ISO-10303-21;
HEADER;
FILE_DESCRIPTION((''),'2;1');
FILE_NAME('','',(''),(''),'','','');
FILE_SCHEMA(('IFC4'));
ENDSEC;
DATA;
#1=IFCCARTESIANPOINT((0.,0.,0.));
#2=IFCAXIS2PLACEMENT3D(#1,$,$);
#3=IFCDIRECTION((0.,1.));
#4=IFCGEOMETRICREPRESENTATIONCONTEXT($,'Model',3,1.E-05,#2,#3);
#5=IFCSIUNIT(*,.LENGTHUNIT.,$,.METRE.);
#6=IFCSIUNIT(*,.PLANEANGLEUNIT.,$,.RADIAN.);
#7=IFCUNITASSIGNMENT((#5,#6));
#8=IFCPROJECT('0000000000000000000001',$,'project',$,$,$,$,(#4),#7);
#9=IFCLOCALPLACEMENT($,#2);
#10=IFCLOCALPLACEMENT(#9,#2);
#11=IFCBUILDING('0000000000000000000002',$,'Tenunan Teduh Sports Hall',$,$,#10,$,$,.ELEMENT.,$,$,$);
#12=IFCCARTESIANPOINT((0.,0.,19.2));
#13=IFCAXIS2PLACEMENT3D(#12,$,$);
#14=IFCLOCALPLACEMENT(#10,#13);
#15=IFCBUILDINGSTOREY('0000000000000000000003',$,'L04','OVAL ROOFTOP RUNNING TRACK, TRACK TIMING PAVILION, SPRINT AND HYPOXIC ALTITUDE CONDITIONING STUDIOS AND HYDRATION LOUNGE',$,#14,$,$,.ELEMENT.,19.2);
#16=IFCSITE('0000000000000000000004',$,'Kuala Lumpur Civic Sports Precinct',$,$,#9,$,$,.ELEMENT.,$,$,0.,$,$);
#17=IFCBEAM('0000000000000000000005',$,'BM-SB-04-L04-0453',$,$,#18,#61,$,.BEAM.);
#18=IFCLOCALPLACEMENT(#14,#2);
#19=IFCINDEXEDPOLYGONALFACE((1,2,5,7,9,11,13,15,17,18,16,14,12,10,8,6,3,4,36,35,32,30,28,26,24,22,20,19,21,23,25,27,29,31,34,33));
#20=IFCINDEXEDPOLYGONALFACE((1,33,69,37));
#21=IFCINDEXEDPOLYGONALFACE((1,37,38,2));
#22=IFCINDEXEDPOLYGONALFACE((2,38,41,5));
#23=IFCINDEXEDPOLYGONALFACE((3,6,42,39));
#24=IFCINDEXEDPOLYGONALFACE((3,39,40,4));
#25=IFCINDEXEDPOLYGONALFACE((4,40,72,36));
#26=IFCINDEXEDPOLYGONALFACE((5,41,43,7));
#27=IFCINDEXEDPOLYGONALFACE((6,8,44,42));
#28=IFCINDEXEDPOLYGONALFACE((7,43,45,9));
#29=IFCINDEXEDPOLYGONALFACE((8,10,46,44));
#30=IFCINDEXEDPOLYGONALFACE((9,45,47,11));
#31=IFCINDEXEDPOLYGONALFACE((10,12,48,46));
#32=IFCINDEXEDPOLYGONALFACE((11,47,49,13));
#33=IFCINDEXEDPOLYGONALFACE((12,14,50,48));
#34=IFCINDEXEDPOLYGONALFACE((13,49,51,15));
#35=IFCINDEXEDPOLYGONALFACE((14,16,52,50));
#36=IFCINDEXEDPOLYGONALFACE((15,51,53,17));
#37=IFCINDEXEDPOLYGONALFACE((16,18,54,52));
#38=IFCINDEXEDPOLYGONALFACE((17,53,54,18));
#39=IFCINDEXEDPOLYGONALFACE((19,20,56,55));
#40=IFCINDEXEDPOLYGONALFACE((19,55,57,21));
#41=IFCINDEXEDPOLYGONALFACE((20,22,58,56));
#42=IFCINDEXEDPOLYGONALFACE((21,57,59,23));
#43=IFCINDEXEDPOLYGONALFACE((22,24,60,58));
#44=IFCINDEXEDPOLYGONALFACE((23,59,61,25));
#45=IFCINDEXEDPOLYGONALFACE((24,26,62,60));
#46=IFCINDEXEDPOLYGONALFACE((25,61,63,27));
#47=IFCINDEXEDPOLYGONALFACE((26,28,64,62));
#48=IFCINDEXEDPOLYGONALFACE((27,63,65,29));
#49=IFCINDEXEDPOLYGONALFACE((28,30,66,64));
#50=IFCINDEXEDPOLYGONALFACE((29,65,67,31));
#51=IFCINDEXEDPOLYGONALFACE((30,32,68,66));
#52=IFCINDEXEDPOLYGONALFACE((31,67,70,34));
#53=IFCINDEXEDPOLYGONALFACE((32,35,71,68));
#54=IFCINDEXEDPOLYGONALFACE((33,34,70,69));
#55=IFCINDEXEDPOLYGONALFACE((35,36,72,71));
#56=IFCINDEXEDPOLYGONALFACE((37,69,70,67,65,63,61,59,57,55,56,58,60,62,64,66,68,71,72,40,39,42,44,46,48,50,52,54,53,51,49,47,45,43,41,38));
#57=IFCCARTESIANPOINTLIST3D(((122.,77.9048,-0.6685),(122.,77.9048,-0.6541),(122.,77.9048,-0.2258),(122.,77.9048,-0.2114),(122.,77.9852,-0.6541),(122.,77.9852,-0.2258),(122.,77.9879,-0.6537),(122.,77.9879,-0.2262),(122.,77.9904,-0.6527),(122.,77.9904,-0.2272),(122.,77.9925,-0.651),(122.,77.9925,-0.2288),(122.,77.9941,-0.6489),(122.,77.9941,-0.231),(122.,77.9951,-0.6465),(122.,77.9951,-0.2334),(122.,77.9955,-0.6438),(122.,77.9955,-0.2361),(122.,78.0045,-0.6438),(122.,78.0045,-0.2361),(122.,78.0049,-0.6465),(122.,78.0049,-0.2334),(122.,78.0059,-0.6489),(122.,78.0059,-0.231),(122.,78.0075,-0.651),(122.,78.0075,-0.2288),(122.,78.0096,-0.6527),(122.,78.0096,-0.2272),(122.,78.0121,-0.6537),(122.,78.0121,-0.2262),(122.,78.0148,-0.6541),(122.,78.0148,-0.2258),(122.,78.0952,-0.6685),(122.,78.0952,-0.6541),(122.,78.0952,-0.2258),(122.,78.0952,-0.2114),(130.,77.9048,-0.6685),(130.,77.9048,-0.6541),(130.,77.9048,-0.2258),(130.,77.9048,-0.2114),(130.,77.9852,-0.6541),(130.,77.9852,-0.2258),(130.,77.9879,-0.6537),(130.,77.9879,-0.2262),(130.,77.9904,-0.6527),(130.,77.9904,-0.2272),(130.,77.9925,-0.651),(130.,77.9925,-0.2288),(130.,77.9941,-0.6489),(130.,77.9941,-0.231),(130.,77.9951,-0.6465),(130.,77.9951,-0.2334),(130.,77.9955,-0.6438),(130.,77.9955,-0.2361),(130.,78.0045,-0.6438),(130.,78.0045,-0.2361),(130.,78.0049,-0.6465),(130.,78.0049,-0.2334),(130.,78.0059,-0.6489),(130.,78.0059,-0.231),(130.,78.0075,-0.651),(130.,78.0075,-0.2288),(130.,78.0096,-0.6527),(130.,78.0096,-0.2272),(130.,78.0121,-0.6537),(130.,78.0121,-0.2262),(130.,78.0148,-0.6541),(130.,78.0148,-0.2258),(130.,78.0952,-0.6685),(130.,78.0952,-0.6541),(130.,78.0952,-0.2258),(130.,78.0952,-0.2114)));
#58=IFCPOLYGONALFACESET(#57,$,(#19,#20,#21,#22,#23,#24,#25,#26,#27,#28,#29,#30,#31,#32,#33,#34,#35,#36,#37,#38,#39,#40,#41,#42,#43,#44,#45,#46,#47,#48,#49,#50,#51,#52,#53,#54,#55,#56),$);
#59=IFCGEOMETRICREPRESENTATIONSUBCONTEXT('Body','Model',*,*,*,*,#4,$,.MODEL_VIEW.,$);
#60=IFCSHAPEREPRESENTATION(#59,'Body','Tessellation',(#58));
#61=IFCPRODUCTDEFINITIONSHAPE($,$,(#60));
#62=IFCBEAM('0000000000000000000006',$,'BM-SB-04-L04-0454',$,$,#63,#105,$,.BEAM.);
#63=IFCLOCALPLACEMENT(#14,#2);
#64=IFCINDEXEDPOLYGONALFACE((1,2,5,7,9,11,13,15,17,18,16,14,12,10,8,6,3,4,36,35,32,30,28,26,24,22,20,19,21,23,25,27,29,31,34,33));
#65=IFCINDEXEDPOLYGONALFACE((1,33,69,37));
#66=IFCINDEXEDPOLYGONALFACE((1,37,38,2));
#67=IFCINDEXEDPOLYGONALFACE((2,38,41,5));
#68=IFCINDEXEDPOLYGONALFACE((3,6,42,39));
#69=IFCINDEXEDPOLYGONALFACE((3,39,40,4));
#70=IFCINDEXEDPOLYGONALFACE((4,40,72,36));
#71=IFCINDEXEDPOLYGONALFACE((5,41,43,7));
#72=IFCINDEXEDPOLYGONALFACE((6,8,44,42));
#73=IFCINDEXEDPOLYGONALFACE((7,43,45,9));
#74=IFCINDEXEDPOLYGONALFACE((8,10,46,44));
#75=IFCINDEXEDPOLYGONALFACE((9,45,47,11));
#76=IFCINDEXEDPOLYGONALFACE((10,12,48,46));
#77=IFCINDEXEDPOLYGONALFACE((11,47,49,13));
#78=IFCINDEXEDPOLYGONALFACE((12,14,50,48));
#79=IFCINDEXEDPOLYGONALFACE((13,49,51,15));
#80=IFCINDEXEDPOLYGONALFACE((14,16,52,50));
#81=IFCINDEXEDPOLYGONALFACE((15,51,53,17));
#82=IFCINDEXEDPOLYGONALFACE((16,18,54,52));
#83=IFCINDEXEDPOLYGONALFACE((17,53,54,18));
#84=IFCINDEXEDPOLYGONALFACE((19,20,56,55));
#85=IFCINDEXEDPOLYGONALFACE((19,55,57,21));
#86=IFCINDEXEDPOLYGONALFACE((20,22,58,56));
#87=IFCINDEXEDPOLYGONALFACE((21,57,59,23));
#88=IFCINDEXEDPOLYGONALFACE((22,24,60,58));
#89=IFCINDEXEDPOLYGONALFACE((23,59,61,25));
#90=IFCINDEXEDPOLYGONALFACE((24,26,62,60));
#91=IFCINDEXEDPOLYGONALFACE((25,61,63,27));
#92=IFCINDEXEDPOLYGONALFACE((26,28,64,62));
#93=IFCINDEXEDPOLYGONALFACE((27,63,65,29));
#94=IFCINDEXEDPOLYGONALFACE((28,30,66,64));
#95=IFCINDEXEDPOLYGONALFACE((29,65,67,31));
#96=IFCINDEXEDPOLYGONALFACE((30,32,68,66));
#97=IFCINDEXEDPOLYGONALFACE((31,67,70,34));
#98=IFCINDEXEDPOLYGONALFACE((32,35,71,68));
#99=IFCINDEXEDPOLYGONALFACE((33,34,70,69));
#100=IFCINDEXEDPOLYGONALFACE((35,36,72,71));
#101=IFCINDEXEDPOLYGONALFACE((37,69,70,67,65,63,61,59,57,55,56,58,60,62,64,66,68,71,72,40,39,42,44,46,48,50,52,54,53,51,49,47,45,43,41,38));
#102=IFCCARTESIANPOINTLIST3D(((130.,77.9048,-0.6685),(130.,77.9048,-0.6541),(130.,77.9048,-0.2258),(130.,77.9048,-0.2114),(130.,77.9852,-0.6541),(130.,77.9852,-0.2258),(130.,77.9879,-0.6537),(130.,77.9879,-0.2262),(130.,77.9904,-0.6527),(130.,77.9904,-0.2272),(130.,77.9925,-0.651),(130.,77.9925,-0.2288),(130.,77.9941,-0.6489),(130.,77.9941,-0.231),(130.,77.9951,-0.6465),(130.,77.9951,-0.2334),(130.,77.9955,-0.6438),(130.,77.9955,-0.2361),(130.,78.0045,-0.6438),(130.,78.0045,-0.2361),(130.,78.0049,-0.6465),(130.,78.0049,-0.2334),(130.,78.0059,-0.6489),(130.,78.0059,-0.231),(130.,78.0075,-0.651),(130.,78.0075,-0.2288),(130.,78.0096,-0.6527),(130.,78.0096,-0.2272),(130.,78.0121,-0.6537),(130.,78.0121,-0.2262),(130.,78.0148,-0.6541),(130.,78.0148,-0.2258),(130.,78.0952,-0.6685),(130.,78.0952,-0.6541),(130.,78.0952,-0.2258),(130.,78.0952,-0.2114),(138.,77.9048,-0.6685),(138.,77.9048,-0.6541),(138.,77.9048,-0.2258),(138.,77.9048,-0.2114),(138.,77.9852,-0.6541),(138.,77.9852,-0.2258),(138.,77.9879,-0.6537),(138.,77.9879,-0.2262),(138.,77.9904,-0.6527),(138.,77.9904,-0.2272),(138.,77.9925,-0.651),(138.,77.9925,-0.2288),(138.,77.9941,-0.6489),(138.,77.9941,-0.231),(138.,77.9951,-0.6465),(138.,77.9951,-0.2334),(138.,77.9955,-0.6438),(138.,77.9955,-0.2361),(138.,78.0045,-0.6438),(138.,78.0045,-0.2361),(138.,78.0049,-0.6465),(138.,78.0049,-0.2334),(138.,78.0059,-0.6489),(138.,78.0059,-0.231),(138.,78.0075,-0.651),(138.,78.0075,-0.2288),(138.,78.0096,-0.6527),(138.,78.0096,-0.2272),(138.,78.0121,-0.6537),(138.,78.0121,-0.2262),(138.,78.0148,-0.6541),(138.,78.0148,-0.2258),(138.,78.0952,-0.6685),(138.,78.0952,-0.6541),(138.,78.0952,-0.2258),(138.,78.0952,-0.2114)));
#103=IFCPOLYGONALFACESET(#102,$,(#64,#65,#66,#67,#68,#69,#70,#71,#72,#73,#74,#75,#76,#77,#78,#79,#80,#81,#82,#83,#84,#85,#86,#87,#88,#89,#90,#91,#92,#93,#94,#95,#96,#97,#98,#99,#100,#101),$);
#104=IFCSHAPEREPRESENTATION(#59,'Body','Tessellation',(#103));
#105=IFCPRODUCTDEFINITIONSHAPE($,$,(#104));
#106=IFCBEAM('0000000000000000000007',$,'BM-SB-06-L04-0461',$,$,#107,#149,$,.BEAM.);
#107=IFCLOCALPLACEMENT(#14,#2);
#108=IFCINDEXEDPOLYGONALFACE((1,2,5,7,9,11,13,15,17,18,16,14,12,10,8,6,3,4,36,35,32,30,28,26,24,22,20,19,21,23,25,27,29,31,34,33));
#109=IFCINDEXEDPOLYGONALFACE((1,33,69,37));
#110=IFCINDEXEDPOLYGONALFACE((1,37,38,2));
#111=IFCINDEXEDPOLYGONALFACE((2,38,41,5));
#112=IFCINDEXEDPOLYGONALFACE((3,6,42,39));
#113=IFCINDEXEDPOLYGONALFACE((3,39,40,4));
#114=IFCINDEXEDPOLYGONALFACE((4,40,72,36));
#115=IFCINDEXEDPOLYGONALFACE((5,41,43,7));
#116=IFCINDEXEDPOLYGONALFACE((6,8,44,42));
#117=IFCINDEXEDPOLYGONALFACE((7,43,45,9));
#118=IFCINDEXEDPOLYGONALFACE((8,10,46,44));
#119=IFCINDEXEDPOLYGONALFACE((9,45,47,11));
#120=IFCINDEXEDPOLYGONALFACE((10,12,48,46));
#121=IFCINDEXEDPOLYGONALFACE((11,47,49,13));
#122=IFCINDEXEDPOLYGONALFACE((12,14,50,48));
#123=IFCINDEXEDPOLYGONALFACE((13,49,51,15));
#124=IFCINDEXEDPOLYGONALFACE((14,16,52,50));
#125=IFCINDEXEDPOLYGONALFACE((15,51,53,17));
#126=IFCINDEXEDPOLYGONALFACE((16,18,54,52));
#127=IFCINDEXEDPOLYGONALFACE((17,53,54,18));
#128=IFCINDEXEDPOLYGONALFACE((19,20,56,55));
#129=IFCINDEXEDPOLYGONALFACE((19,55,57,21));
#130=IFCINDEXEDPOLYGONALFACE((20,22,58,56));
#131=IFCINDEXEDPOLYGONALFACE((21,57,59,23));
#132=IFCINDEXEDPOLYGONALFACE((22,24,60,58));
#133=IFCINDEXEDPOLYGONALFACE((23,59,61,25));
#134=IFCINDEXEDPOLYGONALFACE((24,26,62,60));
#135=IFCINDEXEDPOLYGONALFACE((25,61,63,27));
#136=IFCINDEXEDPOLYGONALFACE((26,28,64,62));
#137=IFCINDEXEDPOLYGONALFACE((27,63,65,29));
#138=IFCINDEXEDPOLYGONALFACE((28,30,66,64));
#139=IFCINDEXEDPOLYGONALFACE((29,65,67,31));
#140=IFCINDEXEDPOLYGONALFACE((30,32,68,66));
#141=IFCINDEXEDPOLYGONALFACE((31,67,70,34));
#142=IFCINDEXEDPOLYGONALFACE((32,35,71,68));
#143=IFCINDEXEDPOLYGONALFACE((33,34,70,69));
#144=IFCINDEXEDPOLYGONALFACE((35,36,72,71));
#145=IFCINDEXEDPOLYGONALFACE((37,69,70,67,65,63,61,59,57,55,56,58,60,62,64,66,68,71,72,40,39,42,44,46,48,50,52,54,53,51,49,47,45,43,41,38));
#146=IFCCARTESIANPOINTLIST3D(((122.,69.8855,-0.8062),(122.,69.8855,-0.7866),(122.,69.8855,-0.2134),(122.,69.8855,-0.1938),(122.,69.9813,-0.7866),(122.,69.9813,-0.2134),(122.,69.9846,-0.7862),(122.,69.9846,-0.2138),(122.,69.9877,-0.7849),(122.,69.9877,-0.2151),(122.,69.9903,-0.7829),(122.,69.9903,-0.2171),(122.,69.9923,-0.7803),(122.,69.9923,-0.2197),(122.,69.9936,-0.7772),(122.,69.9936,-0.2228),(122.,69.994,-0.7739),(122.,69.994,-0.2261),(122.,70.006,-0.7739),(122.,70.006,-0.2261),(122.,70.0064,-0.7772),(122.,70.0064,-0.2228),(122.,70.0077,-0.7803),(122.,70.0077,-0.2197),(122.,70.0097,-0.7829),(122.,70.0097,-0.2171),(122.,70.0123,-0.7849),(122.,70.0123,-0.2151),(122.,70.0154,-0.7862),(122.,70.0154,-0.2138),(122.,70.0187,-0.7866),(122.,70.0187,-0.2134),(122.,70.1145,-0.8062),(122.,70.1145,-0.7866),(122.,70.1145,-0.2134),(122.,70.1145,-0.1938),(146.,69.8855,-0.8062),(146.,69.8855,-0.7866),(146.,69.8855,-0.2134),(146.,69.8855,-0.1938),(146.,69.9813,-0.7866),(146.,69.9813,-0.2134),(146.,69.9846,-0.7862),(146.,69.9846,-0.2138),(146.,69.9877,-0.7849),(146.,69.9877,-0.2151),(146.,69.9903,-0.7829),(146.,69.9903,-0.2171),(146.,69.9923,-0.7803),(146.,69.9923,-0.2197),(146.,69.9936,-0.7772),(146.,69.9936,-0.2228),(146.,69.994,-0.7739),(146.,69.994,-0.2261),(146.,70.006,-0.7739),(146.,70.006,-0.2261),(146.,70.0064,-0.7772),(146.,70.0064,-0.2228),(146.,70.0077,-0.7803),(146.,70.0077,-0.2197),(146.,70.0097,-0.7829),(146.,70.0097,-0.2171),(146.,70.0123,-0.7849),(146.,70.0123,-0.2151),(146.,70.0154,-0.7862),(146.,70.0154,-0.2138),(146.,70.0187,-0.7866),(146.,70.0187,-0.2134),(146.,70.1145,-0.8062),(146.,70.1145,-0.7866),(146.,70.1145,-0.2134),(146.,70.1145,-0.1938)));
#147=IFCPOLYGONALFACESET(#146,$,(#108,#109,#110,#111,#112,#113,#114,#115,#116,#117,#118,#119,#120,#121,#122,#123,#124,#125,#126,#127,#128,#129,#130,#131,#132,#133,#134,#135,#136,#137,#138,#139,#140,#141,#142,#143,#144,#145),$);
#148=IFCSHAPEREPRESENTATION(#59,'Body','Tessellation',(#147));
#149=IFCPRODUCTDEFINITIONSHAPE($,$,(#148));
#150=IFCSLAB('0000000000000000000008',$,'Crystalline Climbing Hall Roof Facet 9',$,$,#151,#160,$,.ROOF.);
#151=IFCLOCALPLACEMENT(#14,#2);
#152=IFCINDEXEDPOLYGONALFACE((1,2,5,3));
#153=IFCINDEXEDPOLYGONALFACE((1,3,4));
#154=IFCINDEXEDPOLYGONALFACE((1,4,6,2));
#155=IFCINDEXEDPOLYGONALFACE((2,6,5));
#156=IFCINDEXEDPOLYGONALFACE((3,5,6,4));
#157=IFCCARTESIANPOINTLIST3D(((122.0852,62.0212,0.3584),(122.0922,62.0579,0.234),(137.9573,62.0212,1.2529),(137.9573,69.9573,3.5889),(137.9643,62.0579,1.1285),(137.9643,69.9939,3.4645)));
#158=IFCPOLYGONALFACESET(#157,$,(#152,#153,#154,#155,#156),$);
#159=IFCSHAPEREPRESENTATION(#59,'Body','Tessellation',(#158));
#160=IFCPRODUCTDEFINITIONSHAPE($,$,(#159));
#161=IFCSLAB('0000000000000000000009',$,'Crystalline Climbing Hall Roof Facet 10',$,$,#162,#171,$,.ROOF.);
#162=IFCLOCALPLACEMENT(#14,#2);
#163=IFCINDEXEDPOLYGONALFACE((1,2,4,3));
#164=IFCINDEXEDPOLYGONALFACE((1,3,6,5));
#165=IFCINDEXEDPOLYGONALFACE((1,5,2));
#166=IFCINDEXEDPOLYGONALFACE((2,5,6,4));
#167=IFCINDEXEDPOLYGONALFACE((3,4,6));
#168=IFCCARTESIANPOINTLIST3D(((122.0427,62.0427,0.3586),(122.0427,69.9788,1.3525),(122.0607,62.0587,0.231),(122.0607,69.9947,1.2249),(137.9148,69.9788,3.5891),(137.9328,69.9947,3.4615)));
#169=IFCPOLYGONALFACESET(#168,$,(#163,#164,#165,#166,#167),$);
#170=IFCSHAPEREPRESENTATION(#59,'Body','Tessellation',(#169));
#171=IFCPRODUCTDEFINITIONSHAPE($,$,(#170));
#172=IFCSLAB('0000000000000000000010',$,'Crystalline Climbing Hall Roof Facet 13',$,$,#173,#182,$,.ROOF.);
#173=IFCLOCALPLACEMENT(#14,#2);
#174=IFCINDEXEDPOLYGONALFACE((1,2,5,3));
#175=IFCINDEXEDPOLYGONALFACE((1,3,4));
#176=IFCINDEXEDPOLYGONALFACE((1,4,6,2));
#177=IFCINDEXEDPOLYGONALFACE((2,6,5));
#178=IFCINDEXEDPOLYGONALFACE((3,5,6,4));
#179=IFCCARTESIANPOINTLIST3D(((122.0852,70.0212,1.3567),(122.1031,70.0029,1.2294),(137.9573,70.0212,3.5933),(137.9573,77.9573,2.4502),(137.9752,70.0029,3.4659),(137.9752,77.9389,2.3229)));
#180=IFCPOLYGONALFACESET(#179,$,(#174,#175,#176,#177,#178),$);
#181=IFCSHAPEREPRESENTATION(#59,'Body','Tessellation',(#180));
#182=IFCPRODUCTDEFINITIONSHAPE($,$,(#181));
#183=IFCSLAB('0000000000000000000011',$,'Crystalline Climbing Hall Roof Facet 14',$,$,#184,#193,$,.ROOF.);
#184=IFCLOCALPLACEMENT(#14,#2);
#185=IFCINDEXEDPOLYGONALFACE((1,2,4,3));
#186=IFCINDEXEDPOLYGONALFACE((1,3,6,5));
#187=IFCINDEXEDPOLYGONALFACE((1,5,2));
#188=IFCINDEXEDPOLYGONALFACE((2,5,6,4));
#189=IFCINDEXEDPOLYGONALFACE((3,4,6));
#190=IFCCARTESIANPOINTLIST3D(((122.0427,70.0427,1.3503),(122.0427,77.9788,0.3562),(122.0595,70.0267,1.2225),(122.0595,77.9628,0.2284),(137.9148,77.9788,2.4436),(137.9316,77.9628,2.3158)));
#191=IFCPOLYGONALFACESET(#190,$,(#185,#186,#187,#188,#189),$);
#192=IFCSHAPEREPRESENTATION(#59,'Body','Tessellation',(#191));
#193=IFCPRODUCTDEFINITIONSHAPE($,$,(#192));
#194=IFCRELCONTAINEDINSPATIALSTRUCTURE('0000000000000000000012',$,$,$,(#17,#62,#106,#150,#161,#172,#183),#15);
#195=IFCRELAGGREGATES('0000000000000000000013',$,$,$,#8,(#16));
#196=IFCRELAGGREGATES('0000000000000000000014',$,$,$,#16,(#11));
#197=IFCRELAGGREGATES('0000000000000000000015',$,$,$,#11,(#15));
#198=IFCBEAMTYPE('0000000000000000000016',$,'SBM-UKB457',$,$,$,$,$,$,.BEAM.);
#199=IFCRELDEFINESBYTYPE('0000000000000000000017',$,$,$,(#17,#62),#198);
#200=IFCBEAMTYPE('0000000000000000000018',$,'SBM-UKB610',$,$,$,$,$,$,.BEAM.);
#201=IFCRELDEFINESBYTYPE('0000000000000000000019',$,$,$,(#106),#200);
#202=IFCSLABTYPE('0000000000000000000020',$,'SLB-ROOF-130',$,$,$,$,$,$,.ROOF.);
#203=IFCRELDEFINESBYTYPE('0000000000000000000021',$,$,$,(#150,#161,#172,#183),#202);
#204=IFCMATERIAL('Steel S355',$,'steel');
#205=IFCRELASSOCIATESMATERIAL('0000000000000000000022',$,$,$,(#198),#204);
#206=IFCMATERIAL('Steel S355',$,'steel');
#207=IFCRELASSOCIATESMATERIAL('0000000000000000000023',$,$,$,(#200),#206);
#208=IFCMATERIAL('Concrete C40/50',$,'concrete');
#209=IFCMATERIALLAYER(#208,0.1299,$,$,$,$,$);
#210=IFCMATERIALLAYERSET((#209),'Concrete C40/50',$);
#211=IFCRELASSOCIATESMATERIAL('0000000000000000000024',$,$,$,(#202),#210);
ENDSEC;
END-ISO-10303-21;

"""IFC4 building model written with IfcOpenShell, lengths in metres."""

from ifc_helpers import new_model, si_unit, direction, frame, origin, origin_2d, place, context, subcontext, project, spatial, polyline, i_section, outline, extrude, material, layer, layer_set, material_profile, profile_set, type_object, element, save


model = new_model("IFC4")

# Units and contexts
model_context = context("Model", 3, precision=1e-05, world=origin(), true_north=direction((0.0, 1.0)))
body_context = subcontext(model_context, "Body", "Model", "MODEL_VIEW")
ifc_project = project(units=[si_unit("LENGTHUNIT", "METRE"), si_unit("PLANEANGLEUNIT", "RADIAN")], contexts=[model_context])

# Site, building, storey
site_placement = place(None, origin())
site = spatial("IfcSite", under=ifc_project, at=site_placement, Name="Kuala Lumpur Civic Sports Precinct", CompositionType="ELEMENT", RefElevation=0.0)
building_placement = place(site_placement, origin())
building = spatial("IfcBuilding", under=site, at=building_placement, Name="Tenunan Teduh Sports Hall", CompositionType="ELEMENT")
storey_placement = place(building_placement, frame((0.0, 0.0, 19.2)))
storey = spatial("IfcBuildingStorey", under=building, at=storey_placement, Name="L04", Description="OVAL ROOFTOP RUNNING TRACK, TRACK TIMING PAVILION, SPRINT AND HYPOXIC ALTITUDE CONDITIONING STUDIOS AND HYDRATION LOUNGE", CompositionType="ELEMENT", Elevation=19.2)

# Beams
ifc_material_1 = material(Name="Steel S355", Category="steel")
ifc_material_profile_1 = material_profile(ifc_material_1, i_section(OverallWidth=0.1904, OverallDepth=0.457, WebThickness=0.009, FlangeThickness=0.0144, FilletRadius=0.0103, at=origin_2d()), Name="UKB 457x191x74")
ifc_profile_set_1 = profile_set([ifc_material_profile_1], Name="Steel S355")
beam_type_1 = type_object("IfcBeamType", Name="SBM-UKB457", PredefinedType="BEAM", material=ifc_profile_set_1)
for number, where, z_axis, x_axis, name in (
    (1, (122.0, 78.0, -0.4399), (1.0, 0.0, 0.0), (0.0, 1.0, 0.0), "BM-SB-04-L04-0453"),
    (2, (130.0, 78.0, -0.4399), (1.0, 0.0, 0.0), (0.0, 1.0, 0.0), "BM-SB-04-L04-0454"),
):
    element("IfcBeam", number, at=place(storey_placement, frame(where, z_axis=z_axis, x_axis=x_axis)), inside=storey, type_object=beam_type_1, Name=name, PredefinedType="BEAM", context=body_context, shape_type="SweptSolid", body=[
        extrude(i_section(OverallWidth=0.1904, OverallDepth=0.457, WebThickness=0.009, FlangeThickness=0.0144, FilletRadius=0.0103, at=origin_2d()), origin(), (0.0, 0.0, 1.0), 8.0),
    ])
ifc_material_2 = material(Name="Steel S355", Category="steel")
ifc_material_profile_2 = material_profile(ifc_material_2, i_section(OverallWidth=0.229, OverallDepth=0.6123, WebThickness=0.012, FlangeThickness=0.0195, FilletRadius=0.0127, at=origin_2d()), Name="UKB 610x229x125")
ifc_profile_set_2 = profile_set([ifc_material_profile_2], Name="Steel S355")
beam_type_2 = type_object("IfcBeamType", Name="SBM-UKB610", PredefinedType="BEAM", material=ifc_profile_set_2)
beam_1_placement = place(storey_placement, frame((122.0, 70.0, -0.5), z_axis=(1.0, 0.0, 0.0), x_axis=(0.0, 1.0, 0.0)))
element("IfcBeam", 3, at=beam_1_placement, inside=storey, type_object=beam_type_2, Name="BM-SB-06-L04-0461", PredefinedType="BEAM", context=body_context, shape_type="SweptSolid", body=[
    extrude(i_section(OverallWidth=0.229, OverallDepth=0.6123, WebThickness=0.012, FlangeThickness=0.0195, FilletRadius=0.0127, at=origin_2d()), origin(), (0.0, 0.0, 1.0), 24.0),
])

# Slabs
ifc_material_3 = material(Name="Concrete C40/50", Category="concrete")
ifc_layer_1 = layer(ifc_material_3, 0.1299)
ifc_layer_set_1 = layer_set([ifc_layer_1], Name="Concrete C40/50")
slab_type = type_object("IfcSlabType", Name="SLB-ROOF-130", PredefinedType="ROOF", material=ifc_layer_set_1)
slab_1_placement = place(storey_placement, frame((122.0852, 62.0212, 0.3584), z_axis=(-0.053987, -0.281956, 0.957907), x_axis=(0.998416, 0.0, 0.05627)))
element("IfcSlab", 4, at=slab_1_placement, inside=storey, type_object=slab_type, Name="Crystalline Climbing Hall Roof Facet 9", PredefinedType="ROOF", context=body_context, shape_type="SweptSolid", body=[
    extrude(outline(polyline([(0.0, 0.0), (15.8973, 0.0), (16.0287, 8.2716), (0.0, 0.0)])), origin(), (0.0, 0.0, -1.0), 0.1299),
])
slab_2_placement = place(storey_placement, frame((122.0427, 62.0427, 0.3586), z_axis=(-0.138473, -0.12307, 0.98269), x_axis=(0.879965, 0.439982, 0.179101)))
element("IfcSlab", 5, at=slab_2_placement, inside=storey, type_object=slab_type, Name="Crystalline Climbing Hall Roof Facet 10", PredefinedType="ROOF", context=body_context, shape_type="SweptSolid", body=[
    extrude(outline(polyline([(0.0, 0.0), (18.0372, 0.0), (3.6697, 7.1064), (0.0, 0.0)])), origin(), (0.0, 0.0, -1.0), 0.1299),
])
slab_3_placement = place(storey_placement, frame((122.0852, 70.0212, 1.3567), z_axis=(-0.138136, 0.141197, 0.980297), x_axis=(0.990217, 0.0, 0.139534)))
element("IfcSlab", 6, at=slab_3_placement, inside=storey, type_object=slab_type, Name="Crystalline Climbing Hall Roof Facet 13", PredefinedType="ROOF", context=body_context, shape_type="SweptSolid", body=[
    extrude(outline(polyline([(0.0, 0.0), (16.0289, 0.0), (15.8694, 8.0163), (0.0, 0.0)])), origin(), (0.0, 0.0, -1.0), 0.1299),
])
slab_4_placement = place(storey_placement, frame((122.0427, 70.0427, 1.3503), z_axis=(-0.129397, 0.123253, 0.983903), x_axis=(0.892735, 0.446367, 0.061491)))
element("IfcSlab", 7, at=slab_4_placement, inside=storey, type_object=slab_type, Name="Crystalline Climbing Hall Roof Facet 14", PredefinedType="ROOF", context=body_context, shape_type="SweptSolid", body=[
    extrude(outline(polyline([(0.0, 0.0), (17.7792, 0.0), (3.4813, 7.2007), (0.0, 0.0)])), origin(), (0.0, 0.0, -1.0), 0.1299),
])

save(model, "model.ifc")
